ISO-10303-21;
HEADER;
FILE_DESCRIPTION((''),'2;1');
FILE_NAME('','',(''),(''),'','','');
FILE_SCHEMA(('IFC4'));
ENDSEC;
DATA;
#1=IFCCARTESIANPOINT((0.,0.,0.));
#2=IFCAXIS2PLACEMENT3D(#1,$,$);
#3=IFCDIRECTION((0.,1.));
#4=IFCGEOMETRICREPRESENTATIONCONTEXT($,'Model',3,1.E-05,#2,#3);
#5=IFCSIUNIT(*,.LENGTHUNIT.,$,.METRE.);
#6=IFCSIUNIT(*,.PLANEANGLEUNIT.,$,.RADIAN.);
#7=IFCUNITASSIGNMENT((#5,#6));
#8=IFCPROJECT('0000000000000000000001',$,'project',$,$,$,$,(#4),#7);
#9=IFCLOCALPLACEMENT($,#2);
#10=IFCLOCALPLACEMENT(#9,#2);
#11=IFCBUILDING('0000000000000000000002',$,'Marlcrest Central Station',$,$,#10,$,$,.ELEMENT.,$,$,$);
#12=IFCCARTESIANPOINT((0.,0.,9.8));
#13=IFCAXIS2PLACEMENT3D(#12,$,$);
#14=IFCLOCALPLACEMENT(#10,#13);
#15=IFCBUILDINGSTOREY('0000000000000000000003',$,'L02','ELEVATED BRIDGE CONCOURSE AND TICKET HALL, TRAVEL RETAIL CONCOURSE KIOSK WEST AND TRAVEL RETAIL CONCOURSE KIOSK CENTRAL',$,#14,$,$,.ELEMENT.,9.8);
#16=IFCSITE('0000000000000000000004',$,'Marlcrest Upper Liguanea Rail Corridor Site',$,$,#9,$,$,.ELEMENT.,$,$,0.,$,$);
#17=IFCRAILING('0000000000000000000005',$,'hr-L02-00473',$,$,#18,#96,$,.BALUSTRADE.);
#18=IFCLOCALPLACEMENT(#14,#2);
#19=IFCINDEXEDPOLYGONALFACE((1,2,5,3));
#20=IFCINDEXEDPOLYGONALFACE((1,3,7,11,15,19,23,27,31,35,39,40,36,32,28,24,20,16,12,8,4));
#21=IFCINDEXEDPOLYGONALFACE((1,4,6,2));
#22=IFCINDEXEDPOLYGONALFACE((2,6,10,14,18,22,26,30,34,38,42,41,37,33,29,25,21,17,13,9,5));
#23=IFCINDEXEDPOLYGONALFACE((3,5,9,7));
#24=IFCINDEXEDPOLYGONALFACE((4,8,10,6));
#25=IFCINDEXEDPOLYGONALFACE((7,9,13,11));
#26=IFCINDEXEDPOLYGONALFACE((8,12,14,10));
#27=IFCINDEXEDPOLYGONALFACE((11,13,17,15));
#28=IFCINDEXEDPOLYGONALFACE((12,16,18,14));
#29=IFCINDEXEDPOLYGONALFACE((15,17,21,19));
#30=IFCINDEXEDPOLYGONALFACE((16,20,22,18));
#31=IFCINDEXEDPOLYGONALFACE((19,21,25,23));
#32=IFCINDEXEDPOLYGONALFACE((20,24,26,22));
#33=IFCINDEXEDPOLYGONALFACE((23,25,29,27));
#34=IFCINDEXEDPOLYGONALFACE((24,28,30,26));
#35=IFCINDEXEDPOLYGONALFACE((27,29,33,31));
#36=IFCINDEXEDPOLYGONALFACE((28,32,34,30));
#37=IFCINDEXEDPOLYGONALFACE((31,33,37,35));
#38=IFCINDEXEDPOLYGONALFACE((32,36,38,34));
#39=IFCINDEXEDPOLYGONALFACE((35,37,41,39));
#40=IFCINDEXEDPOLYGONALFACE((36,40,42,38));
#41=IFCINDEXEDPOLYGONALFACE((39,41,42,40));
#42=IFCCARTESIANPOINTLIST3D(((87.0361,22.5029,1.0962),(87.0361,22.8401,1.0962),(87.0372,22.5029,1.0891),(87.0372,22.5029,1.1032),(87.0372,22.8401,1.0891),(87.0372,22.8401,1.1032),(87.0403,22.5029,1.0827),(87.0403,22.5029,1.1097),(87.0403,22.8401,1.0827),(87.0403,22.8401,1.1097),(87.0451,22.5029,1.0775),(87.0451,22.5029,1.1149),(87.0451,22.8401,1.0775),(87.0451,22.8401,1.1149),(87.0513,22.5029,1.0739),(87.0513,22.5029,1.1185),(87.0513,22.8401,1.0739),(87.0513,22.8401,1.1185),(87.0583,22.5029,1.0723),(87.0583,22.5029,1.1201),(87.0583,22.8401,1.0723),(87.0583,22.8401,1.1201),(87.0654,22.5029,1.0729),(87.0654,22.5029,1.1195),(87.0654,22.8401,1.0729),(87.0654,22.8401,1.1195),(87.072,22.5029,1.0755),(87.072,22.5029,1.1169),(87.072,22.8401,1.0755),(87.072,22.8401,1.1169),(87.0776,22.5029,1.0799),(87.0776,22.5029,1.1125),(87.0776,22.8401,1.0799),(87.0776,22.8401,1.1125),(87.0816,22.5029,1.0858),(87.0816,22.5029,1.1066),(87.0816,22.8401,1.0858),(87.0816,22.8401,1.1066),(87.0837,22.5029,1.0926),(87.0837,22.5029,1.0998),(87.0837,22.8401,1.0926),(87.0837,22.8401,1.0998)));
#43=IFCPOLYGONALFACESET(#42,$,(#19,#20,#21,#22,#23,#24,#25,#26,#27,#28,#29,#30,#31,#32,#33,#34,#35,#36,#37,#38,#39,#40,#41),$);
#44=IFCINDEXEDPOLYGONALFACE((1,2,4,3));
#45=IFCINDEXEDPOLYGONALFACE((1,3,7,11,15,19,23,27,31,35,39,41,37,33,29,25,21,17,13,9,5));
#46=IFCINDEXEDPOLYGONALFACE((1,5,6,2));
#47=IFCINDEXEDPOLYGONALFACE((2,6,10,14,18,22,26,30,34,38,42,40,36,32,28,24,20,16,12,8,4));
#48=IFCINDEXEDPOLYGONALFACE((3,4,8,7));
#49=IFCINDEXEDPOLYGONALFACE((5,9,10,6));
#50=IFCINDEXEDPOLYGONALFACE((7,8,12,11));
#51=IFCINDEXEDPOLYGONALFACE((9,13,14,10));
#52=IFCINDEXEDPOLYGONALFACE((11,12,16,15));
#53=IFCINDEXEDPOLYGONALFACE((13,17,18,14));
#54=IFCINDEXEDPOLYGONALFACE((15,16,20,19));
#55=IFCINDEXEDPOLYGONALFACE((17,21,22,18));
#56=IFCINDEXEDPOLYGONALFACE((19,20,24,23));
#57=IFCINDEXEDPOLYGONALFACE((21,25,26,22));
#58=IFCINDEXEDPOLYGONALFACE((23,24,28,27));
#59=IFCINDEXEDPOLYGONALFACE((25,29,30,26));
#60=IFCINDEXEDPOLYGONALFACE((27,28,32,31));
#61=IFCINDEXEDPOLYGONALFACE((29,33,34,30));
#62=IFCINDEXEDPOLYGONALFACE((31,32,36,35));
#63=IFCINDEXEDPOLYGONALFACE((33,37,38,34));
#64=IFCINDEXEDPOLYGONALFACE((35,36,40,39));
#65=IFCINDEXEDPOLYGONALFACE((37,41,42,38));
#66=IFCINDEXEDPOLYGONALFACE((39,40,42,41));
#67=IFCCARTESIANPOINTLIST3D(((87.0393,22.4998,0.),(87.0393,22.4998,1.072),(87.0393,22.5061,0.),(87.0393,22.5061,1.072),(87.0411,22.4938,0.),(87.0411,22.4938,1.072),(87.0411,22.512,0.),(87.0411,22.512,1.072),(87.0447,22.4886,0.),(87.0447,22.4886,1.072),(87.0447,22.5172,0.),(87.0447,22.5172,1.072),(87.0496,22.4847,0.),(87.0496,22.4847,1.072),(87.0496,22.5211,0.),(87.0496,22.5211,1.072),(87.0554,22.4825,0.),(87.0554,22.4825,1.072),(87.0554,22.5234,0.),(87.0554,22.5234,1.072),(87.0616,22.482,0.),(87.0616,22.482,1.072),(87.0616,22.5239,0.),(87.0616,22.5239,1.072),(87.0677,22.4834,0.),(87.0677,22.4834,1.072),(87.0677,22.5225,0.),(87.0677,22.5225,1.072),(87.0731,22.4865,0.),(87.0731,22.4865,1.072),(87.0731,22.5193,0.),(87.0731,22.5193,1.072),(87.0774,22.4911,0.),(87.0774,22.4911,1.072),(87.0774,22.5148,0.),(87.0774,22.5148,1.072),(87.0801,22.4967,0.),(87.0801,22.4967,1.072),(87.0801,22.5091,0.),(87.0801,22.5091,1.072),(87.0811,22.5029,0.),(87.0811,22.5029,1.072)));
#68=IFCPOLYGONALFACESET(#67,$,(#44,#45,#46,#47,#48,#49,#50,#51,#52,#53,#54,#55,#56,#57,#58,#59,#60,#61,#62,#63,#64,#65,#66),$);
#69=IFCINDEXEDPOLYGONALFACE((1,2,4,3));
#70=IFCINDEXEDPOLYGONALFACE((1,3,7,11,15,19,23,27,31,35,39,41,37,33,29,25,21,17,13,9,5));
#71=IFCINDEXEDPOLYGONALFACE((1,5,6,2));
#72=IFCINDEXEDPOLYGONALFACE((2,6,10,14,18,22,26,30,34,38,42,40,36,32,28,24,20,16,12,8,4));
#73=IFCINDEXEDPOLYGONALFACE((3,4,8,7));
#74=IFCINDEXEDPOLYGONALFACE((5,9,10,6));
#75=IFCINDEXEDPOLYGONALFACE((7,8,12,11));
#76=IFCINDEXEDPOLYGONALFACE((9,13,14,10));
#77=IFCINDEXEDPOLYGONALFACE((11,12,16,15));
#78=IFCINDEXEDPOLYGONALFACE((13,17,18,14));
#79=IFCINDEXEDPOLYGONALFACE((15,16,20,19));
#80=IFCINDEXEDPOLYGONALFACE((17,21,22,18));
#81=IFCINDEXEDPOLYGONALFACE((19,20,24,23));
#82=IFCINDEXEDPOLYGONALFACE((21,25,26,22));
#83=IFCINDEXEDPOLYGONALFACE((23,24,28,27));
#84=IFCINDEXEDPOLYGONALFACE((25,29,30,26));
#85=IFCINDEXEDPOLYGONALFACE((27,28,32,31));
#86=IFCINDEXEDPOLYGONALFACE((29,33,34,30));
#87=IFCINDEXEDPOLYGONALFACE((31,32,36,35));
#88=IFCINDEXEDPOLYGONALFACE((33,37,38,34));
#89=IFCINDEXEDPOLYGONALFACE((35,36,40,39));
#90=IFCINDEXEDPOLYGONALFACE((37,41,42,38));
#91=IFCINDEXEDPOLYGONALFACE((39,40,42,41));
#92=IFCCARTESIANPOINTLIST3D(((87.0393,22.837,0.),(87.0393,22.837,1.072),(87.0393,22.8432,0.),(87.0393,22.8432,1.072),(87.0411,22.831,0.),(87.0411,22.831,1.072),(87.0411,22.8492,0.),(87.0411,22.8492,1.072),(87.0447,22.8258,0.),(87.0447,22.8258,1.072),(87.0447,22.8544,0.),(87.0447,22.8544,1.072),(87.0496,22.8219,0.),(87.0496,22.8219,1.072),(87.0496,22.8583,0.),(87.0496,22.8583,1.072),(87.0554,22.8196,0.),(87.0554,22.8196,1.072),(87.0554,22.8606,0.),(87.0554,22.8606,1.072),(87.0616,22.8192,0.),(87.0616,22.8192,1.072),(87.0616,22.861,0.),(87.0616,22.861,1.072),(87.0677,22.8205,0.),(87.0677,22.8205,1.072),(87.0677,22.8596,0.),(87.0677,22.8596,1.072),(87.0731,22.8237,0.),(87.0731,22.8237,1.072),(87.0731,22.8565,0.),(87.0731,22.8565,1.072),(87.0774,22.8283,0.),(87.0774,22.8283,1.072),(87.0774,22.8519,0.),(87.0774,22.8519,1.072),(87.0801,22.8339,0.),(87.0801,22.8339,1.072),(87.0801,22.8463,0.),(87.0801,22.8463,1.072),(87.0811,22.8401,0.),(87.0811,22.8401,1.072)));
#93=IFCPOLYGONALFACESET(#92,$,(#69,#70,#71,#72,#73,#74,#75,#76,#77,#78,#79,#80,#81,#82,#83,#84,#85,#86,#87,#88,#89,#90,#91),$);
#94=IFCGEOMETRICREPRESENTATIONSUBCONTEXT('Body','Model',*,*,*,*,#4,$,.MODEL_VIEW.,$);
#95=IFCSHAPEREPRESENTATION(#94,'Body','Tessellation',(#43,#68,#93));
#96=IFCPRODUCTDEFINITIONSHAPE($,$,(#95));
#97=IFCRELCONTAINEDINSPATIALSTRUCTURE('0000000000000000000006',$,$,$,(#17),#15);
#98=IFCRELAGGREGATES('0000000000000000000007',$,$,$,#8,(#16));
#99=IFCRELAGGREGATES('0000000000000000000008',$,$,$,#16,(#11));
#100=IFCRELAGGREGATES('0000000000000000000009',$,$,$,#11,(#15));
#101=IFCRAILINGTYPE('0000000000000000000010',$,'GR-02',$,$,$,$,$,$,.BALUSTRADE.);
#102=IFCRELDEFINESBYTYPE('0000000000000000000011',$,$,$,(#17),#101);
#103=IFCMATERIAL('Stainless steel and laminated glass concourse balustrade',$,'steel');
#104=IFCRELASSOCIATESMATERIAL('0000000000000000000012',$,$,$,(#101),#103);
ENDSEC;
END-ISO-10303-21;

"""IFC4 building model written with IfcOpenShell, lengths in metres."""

from ifc_helpers import new_model, si_unit, direction, frame, origin, origin_2d, place, context, subcontext, project, spatial, circle, extrude, material, type_object, element, save


model = new_model("IFC4")

# Units and contexts
model_context = context("Model", 3, precision=1e-05, world=origin(), true_north=direction((0.0, 1.0)))
body_context = subcontext(model_context, "Body", "Model", "MODEL_VIEW")
ifc_project = project(units=[si_unit("LENGTHUNIT", "METRE"), si_unit("PLANEANGLEUNIT", "RADIAN")], contexts=[model_context])

# Site, building, storey
site_placement = place(None, origin())
site = spatial("IfcSite", under=ifc_project, at=site_placement, Name="Marlcrest Upper Liguanea Rail Corridor Site", CompositionType="ELEMENT", RefElevation=0.0)
building_placement = place(site_placement, origin())
building = spatial("IfcBuilding", under=site, at=building_placement, Name="Marlcrest Central Station", CompositionType="ELEMENT")
storey_placement = place(building_placement, frame((0.0, 0.0, 9.8)))
storey = spatial("IfcBuildingStorey", under=building, at=storey_placement, Name="L02", Description="ELEVATED BRIDGE CONCOURSE AND TICKET HALL, TRAVEL RETAIL CONCOURSE KIOSK WEST AND TRAVEL RETAIL CONCOURSE KIOSK CENTRAL", CompositionType="ELEMENT", Elevation=9.8)

# Railing
ifc_material_1 = material(Name="Stainless steel and laminated glass concourse balustrade", Category="steel")
railing_type = type_object("IfcRailingType", Name="GR-02", PredefinedType="BALUSTRADE", material=ifc_material_1)
railing_1_placement = place(storey_placement, frame((87.0601, 22.5029, 0.0)))
element("IfcRailing", 1, at=railing_1_placement, inside=storey, type_object=railing_type, Name="hr-L02-00473", PredefinedType="BALUSTRADE", context=body_context, shape_type="SweptSolid", body=[
    extrude(circle(Radius=0.0239, at=origin_2d()), frame((0.0, 0.0, 1.0962), z_axis=(0.0, 1.0, 0.0), x_axis=(-1.0, 0.0, 0.0)), (0.0, 0.0, 1.0), 0.3372),
    extrude(circle(Radius=0.021, at=origin_2d()), origin(), (0.0, 0.0, 1.0), 1.072),
    extrude(circle(Radius=0.021, at=origin_2d()), frame((0.0, 0.3372, 0.0)), (0.0, 0.0, 1.0), 1.072),
])

save(model, "model.ifc")
